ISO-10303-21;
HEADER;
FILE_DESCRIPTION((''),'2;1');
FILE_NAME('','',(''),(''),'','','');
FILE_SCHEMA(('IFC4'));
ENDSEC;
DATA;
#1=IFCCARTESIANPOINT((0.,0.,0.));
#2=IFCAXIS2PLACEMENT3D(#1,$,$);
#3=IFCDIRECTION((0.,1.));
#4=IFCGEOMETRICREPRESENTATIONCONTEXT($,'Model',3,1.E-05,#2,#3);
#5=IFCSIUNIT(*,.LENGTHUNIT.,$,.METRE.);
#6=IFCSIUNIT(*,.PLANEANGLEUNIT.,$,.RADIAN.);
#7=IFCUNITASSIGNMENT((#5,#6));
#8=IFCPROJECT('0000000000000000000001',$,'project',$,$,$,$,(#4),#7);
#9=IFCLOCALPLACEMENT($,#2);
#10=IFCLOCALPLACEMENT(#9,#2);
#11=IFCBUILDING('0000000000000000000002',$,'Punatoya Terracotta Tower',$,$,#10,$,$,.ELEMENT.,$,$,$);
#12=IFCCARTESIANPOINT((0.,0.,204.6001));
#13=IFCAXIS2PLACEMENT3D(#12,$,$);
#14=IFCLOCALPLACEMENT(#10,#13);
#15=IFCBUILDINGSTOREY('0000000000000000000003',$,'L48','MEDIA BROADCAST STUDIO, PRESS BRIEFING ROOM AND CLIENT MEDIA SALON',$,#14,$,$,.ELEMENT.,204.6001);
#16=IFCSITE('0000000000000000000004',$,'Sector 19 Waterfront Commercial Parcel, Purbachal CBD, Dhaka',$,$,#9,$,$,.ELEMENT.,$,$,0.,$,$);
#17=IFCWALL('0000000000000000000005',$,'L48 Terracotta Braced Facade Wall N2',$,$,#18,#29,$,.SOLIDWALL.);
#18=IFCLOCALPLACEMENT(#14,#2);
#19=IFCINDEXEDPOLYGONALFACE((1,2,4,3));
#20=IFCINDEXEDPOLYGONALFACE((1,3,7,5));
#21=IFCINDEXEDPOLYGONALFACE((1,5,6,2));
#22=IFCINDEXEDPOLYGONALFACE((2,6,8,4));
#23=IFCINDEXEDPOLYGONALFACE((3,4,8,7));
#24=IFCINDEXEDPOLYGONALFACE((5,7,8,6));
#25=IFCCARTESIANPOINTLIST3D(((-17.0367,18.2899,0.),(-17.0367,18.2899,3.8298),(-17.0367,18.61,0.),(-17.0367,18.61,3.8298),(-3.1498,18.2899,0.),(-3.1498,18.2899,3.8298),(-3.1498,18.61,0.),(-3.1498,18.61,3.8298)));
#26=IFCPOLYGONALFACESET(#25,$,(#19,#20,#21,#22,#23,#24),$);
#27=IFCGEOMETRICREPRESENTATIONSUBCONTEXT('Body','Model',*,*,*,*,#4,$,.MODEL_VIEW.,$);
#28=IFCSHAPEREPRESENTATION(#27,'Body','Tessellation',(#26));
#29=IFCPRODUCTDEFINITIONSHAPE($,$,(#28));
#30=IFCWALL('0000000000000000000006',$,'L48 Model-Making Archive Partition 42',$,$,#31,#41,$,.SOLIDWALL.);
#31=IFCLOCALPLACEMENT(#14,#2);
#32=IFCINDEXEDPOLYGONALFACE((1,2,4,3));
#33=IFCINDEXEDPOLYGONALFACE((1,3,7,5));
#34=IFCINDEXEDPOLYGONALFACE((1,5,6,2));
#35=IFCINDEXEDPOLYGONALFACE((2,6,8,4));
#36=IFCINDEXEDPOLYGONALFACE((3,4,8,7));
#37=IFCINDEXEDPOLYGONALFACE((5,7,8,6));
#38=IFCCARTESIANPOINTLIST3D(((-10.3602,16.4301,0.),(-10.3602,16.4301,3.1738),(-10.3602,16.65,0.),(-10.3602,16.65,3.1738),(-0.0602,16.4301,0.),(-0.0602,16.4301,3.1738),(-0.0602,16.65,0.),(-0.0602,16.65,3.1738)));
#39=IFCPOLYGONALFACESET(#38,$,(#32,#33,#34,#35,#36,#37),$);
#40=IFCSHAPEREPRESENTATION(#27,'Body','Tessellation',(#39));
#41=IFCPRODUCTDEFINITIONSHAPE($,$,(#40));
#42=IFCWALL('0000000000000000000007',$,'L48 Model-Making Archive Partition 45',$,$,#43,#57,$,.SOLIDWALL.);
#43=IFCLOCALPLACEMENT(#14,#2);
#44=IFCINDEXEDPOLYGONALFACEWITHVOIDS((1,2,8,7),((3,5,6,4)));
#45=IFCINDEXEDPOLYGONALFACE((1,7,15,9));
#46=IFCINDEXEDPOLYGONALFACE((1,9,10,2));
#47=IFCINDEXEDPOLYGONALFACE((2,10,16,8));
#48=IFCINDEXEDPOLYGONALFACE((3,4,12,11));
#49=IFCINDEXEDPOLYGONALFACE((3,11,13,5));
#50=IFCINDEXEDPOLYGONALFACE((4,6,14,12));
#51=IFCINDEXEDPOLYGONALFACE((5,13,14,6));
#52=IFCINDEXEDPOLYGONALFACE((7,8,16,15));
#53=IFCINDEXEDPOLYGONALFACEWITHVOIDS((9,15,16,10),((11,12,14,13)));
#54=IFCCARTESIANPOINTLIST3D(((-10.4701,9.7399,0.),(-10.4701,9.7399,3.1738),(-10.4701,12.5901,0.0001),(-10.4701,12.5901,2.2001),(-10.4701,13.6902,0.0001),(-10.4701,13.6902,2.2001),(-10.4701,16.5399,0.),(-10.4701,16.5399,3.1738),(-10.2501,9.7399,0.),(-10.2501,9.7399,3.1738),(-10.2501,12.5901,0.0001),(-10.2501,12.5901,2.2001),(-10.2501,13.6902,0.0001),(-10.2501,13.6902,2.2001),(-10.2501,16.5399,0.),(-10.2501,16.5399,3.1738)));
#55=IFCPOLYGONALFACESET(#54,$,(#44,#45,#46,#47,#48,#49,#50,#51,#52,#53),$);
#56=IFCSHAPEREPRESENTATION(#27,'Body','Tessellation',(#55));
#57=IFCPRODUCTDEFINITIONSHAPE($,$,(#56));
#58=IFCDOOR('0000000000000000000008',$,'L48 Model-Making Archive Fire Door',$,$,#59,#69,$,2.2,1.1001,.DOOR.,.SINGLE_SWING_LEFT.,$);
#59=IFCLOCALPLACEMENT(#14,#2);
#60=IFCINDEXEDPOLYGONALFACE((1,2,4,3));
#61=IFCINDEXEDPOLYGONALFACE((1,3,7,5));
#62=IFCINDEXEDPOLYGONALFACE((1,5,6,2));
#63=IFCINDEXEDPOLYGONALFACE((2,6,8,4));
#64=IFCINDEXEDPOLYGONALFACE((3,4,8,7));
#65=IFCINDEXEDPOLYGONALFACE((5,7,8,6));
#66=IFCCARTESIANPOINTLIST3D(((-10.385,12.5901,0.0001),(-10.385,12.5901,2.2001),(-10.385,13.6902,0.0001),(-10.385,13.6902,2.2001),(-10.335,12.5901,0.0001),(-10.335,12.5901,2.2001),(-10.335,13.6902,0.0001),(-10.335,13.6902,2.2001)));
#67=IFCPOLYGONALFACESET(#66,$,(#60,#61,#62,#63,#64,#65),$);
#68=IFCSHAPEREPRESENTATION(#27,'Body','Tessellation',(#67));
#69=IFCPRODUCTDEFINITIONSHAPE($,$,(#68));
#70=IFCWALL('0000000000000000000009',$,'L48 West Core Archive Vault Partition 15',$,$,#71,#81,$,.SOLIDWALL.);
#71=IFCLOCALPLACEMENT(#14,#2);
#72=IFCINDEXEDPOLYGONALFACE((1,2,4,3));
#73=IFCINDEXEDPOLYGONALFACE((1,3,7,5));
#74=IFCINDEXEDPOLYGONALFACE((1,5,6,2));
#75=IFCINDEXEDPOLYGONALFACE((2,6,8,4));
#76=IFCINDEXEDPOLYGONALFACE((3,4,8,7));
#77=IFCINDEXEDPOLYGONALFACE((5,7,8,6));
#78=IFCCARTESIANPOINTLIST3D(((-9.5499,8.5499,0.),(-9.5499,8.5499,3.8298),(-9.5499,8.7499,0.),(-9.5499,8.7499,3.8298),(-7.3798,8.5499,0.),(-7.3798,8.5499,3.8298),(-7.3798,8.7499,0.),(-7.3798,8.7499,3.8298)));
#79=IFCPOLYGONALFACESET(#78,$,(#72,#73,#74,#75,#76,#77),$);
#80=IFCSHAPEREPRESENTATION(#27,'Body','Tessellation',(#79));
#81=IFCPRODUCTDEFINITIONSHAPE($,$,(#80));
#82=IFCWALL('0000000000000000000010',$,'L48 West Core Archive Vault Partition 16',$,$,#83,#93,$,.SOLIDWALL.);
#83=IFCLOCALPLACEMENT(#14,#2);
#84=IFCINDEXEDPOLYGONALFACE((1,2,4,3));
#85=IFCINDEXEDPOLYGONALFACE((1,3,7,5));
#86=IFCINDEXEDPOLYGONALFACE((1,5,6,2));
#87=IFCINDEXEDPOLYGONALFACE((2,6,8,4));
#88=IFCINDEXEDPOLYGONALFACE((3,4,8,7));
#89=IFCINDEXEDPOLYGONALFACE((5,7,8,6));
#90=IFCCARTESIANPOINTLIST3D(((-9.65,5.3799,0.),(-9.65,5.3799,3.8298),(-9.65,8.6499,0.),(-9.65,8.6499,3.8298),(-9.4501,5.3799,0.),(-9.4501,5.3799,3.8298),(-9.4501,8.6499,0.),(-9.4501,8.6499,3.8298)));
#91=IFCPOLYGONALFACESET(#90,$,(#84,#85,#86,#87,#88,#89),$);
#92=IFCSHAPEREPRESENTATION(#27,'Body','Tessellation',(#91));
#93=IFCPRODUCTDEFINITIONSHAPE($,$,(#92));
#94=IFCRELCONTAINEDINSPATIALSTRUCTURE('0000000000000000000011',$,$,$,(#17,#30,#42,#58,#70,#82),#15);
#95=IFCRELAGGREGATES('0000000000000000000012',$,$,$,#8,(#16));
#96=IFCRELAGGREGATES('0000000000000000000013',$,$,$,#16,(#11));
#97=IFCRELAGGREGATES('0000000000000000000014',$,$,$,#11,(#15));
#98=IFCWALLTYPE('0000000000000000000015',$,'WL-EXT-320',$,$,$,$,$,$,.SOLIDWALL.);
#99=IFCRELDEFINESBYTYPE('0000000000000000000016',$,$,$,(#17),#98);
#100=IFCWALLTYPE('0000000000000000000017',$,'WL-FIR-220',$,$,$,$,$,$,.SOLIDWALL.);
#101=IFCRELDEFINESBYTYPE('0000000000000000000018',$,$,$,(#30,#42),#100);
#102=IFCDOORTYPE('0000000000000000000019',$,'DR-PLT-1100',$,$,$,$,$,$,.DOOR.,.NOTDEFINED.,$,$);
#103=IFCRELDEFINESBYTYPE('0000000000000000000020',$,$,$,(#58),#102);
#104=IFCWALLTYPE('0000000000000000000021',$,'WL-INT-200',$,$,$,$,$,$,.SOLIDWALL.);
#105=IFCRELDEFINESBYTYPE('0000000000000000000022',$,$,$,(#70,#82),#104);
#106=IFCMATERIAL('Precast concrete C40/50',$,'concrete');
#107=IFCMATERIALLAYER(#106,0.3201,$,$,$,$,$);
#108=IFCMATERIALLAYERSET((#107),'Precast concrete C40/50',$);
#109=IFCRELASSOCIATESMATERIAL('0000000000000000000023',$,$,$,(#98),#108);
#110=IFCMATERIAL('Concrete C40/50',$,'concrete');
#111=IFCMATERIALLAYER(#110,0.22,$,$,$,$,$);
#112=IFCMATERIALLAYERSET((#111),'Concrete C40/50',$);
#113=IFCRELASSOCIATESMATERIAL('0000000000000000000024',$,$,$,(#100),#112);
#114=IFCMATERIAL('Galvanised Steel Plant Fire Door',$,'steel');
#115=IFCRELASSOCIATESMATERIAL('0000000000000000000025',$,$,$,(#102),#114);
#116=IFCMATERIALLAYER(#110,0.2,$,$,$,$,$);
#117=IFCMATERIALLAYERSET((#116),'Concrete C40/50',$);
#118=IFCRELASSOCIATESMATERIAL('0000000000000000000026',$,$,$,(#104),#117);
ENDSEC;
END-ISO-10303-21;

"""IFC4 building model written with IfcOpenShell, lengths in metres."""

from ifc_helpers import new_model, si_unit, direction, frame, frame_2d, origin, place, context, subcontext, project, spatial, rectangle, extrude, material, layer, layer_set, type_object, element, fill, save


model = new_model("IFC4")

# Units and contexts
model_context = context("Model", 3, precision=1e-05, world=origin(), true_north=direction((0.0, 1.0)))
body_context = subcontext(model_context, "Body", "Model", "MODEL_VIEW")
ifc_project = project(units=[si_unit("LENGTHUNIT", "METRE"), si_unit("PLANEANGLEUNIT", "RADIAN")], contexts=[model_context])

# Site, building, storey
site_placement = place(None, origin())
site = spatial("IfcSite", under=ifc_project, at=site_placement, Name="Sector 19 Waterfront Commercial Parcel, Purbachal CBD, Dhaka", CompositionType="ELEMENT", RefElevation=0.0)
building_placement = place(site_placement, origin())
building = spatial("IfcBuilding", under=site, at=building_placement, Name="Punatoya Terracotta Tower", CompositionType="ELEMENT")
storey_placement = place(building_placement, frame((0.0, 0.0, 204.6001)))
storey = spatial("IfcBuildingStorey", under=building, at=storey_placement, Name="L48", Description="MEDIA BROADCAST STUDIO, PRESS BRIEFING ROOM AND CLIENT MEDIA SALON", CompositionType="ELEMENT", Elevation=204.6001)

# Walls
ifc_material_1 = material(Name="Precast concrete C40/50", Category="concrete")
ifc_layer_1 = layer(ifc_material_1, 0.3201)
ifc_layer_set_1 = layer_set([ifc_layer_1], Name="Precast concrete C40/50")
wall_type_1 = type_object("IfcWallType", Name="WL-EXT-320", PredefinedType="SOLIDWALL", material=ifc_layer_set_1)
wall_1_placement = place(storey_placement, frame((-3.1499, 18.45, 0.0), z_axis=(0.0, 0.0, 1.0), x_axis=(-1.0, 0.0, 0.0)))
element("IfcWall", 1, at=wall_1_placement, inside=storey, type_object=wall_type_1, Name="L48 Terracotta Braced Facade Wall N2", PredefinedType="SOLIDWALL", context=body_context, shape_type="SweptSolid", body=[
    extrude(rectangle(XDim=13.887, YDim=0.3201, at=frame_2d((6.9434, 0.0))), origin(), (0.0, 0.0, 1.0), 3.8298),
])
ifc_material_2 = material(Name="Concrete C40/50", Category="concrete")
ifc_layer_2 = layer(ifc_material_2, 0.22)
ifc_layer_set_2 = layer_set([ifc_layer_2], Name="Concrete C40/50")
wall_type_2 = type_object("IfcWallType", Name="WL-FIR-220", PredefinedType="SOLIDWALL", material=ifc_layer_set_2)
wall_2_placement = place(storey_placement, frame((-10.3601, 16.54, 0.0), z_axis=(0.0, 0.0, 1.0), x_axis=(1.0, 0.0, 0.0)))
element("IfcWall", 2, at=wall_2_placement, inside=storey, type_object=wall_type_2, Name="L48 Model-Making Archive Partition 42", PredefinedType="SOLIDWALL", context=body_context, shape_type="SweptSolid", body=[
    extrude(rectangle(XDim=10.3, YDim=0.22, at=frame_2d((5.1499, 0.0))), origin(), (0.0, 0.0, 1.0), 3.1738),
])

# Wall, opening, door
wall_3_placement = place(storey_placement, frame((-10.3601, 9.74, 0.0), z_axis=(0.0, 0.0, 1.0), x_axis=(0.0, 1.0, 0.0)))
wall_3 = element("IfcWall", 3, at=wall_3_placement, inside=storey, type_object=wall_type_2, Name="L48 Model-Making Archive Partition 45", PredefinedType="SOLIDWALL", context=body_context, shape_type="SweptSolid", body=[
    extrude(rectangle(XDim=6.8, YDim=0.22, at=frame_2d((3.3999, 0.0))), origin(), (0.0, 0.0, 1.0), 3.1738),
])
opening_1_placement = place(wall_3_placement, frame((2.8501, 0.0, 0.0)))
opening_1 = element("IfcOpeningElement", 4, at=opening_1_placement, cuts=wall_3, PredefinedType="OPENING", context=body_context, shape_type="SweptSolid", body=[
    extrude(rectangle(XDim=1.1001, YDim=2.2, at=frame_2d((0.55, 1.1001))), frame((0.0, 0.1199, 0.0), z_axis=(0.0, -1.0, 0.0), x_axis=(1.0, 0.0, 0.0)), (0.0, 0.0, 1.0), 0.24),
])
ifc_material_3 = material(Name="Galvanised Steel Plant Fire Door", Category="steel")
door_type_1 = type_object("IfcDoorType", Name="DR-PLT-1100", OperationType="NOTDEFINED", PredefinedType="DOOR", material=ifc_material_3)
door_1_placement = place(opening_1_placement, origin())
door_1 = element("IfcDoor", 5, at=door_1_placement, inside=storey, type_object=door_type_1, Name="L48 Model-Making Archive Fire Door", OperationType="SINGLE_SWING_LEFT", OverallHeight=2.2, OverallWidth=1.1001, PredefinedType="DOOR", context=body_context, shape_type="SweptSolid", body=[
    extrude(rectangle(XDim=1.1001, YDim=2.2, at=frame_2d((0.55, 1.1001))), frame((0.0, 0.0249, 0.0), z_axis=(0.0, -1.0, 0.0), x_axis=(1.0, 0.0, 0.0)), (0.0, 0.0, 1.0), 0.05),
])
fill(opening_1, door_1)

# Walls
ifc_layer_3 = layer(ifc_material_2, 0.2)
ifc_layer_set_3 = layer_set([ifc_layer_3], Name="Concrete C40/50")
wall_type_3 = type_object("IfcWallType", Name="WL-INT-200", PredefinedType="SOLIDWALL", material=ifc_layer_set_3)
wall_4_placement = place(storey_placement, frame((-7.3799, 8.6499, 0.0), z_axis=(0.0, 0.0, 1.0), x_axis=(-1.0, 0.0, 0.0)))
element("IfcWall", 6, at=wall_4_placement, inside=storey, type_object=wall_type_3, Name="L48 West Core Archive Vault Partition 15", PredefinedType="SOLIDWALL", context=body_context, shape_type="SweptSolid", body=[
    extrude(rectangle(XDim=2.1702, YDim=0.2, at=frame_2d((1.085, 0.0))), origin(), (0.0, 0.0, 1.0), 3.8298),
])
wall_5_placement = place(storey_placement, frame((-9.55, 8.6499, 0.0), z_axis=(0.0, 0.0, 1.0), x_axis=(0.0, -1.0, 0.0)))
element("IfcWall", 7, at=wall_5_placement, inside=storey, type_object=wall_type_3, Name="L48 West Core Archive Vault Partition 16", PredefinedType="SOLIDWALL", context=body_context, shape_type="SweptSolid", body=[
    extrude(rectangle(XDim=3.27, YDim=0.2, at=frame_2d((1.635, 0.0))), origin(), (0.0, 0.0, 1.0), 3.8298),
])

save(model, "model.ifc")
